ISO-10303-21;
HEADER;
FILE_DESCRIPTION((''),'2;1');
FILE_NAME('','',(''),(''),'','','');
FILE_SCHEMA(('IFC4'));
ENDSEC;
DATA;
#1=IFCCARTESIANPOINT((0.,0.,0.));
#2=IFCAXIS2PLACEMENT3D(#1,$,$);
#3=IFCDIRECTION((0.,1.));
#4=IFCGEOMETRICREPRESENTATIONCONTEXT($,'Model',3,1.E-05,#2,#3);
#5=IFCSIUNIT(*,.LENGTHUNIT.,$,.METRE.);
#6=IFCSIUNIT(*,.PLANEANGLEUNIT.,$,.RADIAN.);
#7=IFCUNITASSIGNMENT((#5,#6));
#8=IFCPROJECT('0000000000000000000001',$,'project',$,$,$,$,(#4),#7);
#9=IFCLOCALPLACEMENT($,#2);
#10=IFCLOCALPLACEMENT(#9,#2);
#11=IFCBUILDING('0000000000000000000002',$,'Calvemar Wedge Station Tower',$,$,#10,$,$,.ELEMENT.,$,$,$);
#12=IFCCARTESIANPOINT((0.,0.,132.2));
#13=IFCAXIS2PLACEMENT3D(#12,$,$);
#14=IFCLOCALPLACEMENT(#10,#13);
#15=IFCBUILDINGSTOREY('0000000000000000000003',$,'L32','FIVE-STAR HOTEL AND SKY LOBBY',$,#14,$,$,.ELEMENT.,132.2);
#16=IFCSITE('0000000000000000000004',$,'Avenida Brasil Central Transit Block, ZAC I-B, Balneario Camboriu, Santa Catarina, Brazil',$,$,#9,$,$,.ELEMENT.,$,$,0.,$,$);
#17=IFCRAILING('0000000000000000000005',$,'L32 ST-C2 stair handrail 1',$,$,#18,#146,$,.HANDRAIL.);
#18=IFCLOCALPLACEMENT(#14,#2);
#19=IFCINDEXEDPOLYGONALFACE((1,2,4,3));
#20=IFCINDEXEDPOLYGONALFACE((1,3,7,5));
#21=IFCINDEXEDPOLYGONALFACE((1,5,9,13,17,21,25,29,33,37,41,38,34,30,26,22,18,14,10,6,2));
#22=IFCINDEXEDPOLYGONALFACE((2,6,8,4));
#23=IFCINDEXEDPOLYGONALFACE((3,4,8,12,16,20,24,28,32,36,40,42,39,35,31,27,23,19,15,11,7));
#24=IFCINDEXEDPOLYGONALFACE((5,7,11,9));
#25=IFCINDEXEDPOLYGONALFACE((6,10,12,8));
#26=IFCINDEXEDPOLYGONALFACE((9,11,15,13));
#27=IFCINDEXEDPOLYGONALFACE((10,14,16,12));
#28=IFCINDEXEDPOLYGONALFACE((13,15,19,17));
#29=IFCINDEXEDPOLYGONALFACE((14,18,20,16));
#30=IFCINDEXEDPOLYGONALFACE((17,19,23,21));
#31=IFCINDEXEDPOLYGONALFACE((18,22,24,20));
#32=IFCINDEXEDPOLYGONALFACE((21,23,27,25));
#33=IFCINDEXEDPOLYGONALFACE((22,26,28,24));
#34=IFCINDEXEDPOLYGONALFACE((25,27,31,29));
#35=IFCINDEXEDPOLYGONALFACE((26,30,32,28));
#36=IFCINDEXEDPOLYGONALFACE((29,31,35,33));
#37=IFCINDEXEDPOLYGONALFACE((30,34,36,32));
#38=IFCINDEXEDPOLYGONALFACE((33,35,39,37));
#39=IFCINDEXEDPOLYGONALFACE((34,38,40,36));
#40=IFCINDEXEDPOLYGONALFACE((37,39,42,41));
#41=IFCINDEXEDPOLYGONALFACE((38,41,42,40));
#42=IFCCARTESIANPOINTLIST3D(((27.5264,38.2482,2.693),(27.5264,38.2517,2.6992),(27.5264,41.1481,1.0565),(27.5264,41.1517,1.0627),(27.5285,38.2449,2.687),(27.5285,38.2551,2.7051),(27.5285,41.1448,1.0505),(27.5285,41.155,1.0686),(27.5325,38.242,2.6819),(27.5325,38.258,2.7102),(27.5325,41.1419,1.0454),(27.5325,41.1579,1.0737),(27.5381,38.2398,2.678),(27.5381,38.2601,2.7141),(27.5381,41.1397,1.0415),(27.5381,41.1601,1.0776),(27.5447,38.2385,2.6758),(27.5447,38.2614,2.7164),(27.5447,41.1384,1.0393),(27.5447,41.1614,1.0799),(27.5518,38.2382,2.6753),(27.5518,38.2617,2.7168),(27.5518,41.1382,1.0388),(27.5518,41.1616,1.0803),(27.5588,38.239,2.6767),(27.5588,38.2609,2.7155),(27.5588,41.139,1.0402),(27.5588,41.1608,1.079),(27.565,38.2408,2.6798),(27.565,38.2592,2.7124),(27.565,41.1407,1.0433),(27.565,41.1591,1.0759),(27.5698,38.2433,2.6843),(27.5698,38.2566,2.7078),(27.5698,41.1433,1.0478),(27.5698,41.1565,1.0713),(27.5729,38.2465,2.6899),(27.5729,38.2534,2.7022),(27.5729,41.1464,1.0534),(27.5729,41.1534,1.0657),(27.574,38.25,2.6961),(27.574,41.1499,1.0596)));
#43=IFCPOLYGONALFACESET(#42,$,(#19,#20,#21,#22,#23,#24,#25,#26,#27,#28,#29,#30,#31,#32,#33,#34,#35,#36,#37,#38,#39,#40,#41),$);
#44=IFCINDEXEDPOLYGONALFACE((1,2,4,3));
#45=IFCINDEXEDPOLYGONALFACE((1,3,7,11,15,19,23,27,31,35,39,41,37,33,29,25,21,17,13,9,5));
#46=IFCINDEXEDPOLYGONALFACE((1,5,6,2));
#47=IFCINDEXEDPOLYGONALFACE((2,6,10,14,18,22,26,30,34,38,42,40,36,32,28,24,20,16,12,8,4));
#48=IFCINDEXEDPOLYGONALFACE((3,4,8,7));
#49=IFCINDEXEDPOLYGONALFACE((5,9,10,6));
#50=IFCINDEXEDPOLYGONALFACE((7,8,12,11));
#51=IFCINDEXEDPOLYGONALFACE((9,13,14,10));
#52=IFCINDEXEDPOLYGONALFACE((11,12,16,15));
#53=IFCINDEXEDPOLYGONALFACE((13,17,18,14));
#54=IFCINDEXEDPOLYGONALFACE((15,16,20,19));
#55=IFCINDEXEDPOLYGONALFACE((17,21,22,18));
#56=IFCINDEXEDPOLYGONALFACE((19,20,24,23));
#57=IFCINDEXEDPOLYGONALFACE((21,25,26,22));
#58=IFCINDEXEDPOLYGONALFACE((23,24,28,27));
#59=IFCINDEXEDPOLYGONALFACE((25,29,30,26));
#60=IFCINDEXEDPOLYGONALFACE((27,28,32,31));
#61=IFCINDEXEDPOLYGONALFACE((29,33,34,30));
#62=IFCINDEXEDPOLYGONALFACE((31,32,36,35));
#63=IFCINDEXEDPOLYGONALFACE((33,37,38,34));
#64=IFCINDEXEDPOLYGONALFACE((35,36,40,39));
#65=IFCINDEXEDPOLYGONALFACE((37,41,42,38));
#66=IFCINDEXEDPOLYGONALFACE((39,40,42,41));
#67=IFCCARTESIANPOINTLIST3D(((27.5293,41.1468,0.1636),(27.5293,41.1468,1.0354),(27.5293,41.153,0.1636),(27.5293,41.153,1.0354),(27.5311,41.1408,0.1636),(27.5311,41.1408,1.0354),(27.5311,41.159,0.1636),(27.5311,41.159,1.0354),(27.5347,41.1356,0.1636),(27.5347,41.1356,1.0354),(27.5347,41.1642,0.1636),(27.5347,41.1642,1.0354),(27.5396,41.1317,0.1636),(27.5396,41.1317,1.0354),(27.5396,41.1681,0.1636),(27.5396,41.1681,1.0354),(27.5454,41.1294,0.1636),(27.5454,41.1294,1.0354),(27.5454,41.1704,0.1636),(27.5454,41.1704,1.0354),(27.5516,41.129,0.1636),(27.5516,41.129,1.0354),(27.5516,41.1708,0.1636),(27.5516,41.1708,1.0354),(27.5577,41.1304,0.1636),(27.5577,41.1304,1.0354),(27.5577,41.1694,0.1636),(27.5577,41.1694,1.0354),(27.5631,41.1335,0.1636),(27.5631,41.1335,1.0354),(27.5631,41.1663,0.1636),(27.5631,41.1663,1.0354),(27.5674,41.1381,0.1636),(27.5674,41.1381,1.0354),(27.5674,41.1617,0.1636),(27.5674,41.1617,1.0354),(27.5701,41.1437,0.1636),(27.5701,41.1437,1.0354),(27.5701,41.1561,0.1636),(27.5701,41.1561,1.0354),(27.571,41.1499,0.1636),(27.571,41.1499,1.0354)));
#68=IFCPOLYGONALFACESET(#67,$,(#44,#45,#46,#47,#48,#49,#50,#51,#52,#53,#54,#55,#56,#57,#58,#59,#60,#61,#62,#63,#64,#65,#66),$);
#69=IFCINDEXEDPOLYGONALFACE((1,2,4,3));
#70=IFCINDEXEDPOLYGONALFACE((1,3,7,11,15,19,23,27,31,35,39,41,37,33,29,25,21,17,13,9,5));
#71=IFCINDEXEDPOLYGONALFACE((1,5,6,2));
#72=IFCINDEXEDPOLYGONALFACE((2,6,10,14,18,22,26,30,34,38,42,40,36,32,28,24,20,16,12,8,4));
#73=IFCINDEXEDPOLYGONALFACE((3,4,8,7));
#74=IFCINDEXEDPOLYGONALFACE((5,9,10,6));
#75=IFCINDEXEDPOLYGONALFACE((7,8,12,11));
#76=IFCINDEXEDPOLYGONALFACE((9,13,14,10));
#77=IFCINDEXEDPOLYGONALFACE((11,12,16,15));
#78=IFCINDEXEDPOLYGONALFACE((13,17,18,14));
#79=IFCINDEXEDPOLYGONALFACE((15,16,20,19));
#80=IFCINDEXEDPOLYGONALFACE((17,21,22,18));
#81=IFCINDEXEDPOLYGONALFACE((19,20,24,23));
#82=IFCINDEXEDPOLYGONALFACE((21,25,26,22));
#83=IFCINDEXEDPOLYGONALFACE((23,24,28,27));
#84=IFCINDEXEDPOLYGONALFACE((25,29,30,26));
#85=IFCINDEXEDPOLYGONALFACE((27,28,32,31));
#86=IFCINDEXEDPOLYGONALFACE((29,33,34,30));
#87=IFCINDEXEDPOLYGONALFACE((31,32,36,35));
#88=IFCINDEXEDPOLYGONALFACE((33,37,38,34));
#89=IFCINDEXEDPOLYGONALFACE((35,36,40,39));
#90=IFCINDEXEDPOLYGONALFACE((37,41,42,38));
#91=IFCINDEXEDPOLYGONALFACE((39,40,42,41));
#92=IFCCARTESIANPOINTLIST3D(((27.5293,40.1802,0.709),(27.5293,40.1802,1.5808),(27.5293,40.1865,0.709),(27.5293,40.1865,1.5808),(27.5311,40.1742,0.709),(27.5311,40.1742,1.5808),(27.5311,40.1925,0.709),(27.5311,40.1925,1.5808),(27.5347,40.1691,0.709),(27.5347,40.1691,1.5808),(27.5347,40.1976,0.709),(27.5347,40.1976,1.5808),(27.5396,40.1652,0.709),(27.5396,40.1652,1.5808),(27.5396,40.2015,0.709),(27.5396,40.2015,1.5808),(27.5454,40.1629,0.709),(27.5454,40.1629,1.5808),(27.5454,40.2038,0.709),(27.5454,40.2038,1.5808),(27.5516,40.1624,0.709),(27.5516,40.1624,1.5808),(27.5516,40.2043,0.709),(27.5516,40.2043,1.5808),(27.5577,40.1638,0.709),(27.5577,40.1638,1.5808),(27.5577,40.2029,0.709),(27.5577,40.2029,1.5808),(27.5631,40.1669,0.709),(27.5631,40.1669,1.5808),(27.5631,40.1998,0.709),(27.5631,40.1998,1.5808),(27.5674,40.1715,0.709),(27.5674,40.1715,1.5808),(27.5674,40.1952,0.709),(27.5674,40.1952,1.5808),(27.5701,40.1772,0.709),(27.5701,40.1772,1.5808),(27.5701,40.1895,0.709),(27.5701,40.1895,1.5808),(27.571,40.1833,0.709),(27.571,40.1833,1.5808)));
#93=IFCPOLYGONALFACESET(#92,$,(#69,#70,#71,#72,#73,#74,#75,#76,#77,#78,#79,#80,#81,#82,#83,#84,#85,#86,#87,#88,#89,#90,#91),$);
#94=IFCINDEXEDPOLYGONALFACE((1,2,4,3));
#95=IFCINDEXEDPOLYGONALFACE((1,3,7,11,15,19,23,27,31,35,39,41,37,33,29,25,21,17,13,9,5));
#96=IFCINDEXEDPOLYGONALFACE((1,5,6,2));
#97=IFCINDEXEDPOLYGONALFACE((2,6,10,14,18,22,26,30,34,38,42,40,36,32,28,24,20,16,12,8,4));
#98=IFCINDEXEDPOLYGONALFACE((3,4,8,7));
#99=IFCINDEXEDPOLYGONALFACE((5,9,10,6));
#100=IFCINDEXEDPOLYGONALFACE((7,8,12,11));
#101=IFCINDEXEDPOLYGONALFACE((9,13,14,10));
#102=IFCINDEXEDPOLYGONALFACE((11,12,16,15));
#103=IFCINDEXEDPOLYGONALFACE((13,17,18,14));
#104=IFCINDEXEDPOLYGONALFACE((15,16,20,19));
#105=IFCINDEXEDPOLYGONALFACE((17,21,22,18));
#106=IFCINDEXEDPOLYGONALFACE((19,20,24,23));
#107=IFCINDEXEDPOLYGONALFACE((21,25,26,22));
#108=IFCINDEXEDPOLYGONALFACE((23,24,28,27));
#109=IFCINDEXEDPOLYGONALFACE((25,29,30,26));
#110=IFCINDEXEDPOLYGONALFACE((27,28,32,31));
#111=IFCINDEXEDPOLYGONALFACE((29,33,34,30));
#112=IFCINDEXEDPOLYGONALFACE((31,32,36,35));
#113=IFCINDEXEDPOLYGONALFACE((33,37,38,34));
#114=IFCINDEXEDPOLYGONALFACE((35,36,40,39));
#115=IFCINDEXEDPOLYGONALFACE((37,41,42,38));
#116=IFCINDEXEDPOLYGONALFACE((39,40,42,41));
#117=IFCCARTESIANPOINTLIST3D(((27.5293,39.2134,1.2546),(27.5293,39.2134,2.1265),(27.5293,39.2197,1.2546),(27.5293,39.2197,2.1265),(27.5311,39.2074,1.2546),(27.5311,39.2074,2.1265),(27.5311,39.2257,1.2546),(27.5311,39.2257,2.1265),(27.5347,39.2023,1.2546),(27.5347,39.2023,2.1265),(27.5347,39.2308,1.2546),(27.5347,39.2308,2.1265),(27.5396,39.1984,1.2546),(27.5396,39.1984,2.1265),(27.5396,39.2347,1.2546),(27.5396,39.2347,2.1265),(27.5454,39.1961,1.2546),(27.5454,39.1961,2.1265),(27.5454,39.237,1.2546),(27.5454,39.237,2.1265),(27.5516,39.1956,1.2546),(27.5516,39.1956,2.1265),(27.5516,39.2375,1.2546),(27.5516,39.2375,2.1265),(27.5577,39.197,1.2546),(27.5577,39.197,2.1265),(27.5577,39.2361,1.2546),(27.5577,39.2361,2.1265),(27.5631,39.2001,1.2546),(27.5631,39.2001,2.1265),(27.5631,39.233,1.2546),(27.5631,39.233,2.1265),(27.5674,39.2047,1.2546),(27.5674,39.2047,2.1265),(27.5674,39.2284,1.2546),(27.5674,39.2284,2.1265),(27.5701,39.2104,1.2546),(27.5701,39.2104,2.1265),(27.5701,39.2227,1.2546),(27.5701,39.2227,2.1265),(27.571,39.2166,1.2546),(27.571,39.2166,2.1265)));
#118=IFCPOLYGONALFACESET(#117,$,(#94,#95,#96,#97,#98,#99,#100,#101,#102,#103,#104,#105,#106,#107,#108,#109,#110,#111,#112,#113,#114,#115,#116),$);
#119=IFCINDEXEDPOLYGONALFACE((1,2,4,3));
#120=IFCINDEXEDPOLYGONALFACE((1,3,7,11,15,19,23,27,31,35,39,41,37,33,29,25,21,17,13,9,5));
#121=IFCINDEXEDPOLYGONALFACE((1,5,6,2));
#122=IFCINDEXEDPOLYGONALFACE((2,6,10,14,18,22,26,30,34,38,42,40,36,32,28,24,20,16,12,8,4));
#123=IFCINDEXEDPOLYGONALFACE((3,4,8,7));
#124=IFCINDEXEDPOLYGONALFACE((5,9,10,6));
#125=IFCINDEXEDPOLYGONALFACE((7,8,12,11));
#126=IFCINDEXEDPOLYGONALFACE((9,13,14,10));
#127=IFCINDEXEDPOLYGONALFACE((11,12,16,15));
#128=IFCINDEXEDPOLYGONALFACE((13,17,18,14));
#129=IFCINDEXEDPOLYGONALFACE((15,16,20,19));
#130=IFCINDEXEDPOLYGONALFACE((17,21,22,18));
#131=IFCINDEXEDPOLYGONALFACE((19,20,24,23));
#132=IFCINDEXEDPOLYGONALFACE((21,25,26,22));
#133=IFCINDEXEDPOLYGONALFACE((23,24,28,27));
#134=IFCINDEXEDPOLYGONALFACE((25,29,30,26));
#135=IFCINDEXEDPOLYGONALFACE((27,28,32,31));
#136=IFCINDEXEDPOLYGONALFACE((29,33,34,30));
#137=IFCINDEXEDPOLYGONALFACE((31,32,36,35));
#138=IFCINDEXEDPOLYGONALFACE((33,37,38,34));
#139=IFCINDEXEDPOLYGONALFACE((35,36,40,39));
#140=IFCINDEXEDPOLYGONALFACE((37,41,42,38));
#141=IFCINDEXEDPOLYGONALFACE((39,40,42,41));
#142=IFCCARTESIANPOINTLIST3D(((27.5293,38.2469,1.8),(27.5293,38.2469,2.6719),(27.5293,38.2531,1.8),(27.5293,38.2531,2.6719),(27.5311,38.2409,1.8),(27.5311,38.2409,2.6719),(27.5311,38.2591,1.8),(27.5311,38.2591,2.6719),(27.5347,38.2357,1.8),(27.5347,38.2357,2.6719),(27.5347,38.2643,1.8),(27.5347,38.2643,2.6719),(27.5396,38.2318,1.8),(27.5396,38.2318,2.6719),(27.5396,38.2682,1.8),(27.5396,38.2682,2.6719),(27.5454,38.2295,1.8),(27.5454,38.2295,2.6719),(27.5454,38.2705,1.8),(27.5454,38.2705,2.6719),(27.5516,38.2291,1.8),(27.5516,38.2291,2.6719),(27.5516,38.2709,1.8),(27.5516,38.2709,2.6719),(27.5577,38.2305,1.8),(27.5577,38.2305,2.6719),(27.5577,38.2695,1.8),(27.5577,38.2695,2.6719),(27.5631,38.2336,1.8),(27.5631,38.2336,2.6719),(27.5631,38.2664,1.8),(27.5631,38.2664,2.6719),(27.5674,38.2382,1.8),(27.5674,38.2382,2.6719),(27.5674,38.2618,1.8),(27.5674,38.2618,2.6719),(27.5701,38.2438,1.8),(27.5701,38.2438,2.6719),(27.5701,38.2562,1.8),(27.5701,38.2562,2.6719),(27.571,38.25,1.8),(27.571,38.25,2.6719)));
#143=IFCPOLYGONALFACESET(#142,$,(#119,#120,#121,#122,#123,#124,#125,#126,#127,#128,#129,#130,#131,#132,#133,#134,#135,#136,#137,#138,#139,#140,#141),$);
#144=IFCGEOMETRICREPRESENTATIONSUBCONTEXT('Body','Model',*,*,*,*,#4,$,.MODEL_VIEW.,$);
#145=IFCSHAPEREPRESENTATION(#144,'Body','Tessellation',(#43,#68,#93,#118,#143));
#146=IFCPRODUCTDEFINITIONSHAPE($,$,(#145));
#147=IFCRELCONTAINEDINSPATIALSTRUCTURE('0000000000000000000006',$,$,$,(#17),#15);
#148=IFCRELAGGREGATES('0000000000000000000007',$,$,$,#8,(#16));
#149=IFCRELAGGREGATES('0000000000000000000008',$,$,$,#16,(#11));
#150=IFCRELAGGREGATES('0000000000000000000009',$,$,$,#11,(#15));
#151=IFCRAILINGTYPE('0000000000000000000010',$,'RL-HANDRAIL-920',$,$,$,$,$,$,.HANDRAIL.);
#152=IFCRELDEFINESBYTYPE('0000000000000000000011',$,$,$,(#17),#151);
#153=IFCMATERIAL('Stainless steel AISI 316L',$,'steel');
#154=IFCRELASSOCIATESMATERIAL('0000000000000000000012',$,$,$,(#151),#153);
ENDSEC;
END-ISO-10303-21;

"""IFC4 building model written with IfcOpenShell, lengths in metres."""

from ifc_helpers import new_model, si_unit, direction, frame, origin, origin_2d, place, context, subcontext, project, spatial, circle, extrude, material, type_object, element, save


model = new_model("IFC4")

# Units and contexts
model_context = context("Model", 3, precision=1e-05, world=origin(), true_north=direction((0.0, 1.0)))
body_context = subcontext(model_context, "Body", "Model", "MODEL_VIEW")
ifc_project = project(units=[si_unit("LENGTHUNIT", "METRE"), si_unit("PLANEANGLEUNIT", "RADIAN")], contexts=[model_context])

# Site, building, storey
site_placement = place(None, origin())
site = spatial("IfcSite", under=ifc_project, at=site_placement, Name="Avenida Brasil Central Transit Block, ZAC I-B, Balneario Camboriu, Santa Catarina, Brazil", CompositionType="ELEMENT", RefElevation=0.0)
building_placement = place(site_placement, origin())
building = spatial("IfcBuilding", under=site, at=building_placement, Name="Calvemar Wedge Station Tower", CompositionType="ELEMENT")
storey_placement = place(building_placement, frame((0.0, 0.0, 132.2)))
storey = spatial("IfcBuildingStorey", under=building, at=storey_placement, Name="L32", Description="FIVE-STAR HOTEL AND SKY LOBBY", CompositionType="ELEMENT", Elevation=132.2)

# Railing
ifc_material_1 = material(Name="Stainless steel AISI 316L", Category="steel")
railing_type_1 = type_object("IfcRailingType", Name="RL-HANDRAIL-920", PredefinedType="HANDRAIL", material=ifc_material_1)
railing_1_placement = place(storey_placement, frame((27.55, 41.1499, 0.1636)))
element("IfcRailing", 1, at=railing_1_placement, inside=storey, type_object=railing_type_1, Name="L32 ST-C2 stair handrail 1", PredefinedType="HANDRAIL", context=body_context, shape_type="SweptSolid", body=[
    extrude(circle(Radius=0.0239, at=origin_2d()), frame((0.0, 0.0, 0.896), z_axis=(0.0, -0.870897, 0.491465), x_axis=(1.0, 0.0, 0.0)), (0.0, 0.0, 1.0), 3.3298),
    extrude(circle(Radius=0.021, at=origin_2d()), origin(), (0.0, 0.0, 1.0), 0.8718),
    extrude(circle(Radius=0.021, at=origin_2d()), frame((0.0, -0.9666, 0.5454)), (0.0, 0.0, 1.0), 0.8718),
    extrude(circle(Radius=0.021, at=origin_2d()), frame((0.0, -1.9333, 1.0911)), (0.0, 0.0, 1.0), 0.8718),
    extrude(circle(Radius=0.021, at=origin_2d()), frame((0.0, -2.8999, 1.6365)), (0.0, 0.0, 1.0), 0.8718),
])

save(model, "model.ifc")
